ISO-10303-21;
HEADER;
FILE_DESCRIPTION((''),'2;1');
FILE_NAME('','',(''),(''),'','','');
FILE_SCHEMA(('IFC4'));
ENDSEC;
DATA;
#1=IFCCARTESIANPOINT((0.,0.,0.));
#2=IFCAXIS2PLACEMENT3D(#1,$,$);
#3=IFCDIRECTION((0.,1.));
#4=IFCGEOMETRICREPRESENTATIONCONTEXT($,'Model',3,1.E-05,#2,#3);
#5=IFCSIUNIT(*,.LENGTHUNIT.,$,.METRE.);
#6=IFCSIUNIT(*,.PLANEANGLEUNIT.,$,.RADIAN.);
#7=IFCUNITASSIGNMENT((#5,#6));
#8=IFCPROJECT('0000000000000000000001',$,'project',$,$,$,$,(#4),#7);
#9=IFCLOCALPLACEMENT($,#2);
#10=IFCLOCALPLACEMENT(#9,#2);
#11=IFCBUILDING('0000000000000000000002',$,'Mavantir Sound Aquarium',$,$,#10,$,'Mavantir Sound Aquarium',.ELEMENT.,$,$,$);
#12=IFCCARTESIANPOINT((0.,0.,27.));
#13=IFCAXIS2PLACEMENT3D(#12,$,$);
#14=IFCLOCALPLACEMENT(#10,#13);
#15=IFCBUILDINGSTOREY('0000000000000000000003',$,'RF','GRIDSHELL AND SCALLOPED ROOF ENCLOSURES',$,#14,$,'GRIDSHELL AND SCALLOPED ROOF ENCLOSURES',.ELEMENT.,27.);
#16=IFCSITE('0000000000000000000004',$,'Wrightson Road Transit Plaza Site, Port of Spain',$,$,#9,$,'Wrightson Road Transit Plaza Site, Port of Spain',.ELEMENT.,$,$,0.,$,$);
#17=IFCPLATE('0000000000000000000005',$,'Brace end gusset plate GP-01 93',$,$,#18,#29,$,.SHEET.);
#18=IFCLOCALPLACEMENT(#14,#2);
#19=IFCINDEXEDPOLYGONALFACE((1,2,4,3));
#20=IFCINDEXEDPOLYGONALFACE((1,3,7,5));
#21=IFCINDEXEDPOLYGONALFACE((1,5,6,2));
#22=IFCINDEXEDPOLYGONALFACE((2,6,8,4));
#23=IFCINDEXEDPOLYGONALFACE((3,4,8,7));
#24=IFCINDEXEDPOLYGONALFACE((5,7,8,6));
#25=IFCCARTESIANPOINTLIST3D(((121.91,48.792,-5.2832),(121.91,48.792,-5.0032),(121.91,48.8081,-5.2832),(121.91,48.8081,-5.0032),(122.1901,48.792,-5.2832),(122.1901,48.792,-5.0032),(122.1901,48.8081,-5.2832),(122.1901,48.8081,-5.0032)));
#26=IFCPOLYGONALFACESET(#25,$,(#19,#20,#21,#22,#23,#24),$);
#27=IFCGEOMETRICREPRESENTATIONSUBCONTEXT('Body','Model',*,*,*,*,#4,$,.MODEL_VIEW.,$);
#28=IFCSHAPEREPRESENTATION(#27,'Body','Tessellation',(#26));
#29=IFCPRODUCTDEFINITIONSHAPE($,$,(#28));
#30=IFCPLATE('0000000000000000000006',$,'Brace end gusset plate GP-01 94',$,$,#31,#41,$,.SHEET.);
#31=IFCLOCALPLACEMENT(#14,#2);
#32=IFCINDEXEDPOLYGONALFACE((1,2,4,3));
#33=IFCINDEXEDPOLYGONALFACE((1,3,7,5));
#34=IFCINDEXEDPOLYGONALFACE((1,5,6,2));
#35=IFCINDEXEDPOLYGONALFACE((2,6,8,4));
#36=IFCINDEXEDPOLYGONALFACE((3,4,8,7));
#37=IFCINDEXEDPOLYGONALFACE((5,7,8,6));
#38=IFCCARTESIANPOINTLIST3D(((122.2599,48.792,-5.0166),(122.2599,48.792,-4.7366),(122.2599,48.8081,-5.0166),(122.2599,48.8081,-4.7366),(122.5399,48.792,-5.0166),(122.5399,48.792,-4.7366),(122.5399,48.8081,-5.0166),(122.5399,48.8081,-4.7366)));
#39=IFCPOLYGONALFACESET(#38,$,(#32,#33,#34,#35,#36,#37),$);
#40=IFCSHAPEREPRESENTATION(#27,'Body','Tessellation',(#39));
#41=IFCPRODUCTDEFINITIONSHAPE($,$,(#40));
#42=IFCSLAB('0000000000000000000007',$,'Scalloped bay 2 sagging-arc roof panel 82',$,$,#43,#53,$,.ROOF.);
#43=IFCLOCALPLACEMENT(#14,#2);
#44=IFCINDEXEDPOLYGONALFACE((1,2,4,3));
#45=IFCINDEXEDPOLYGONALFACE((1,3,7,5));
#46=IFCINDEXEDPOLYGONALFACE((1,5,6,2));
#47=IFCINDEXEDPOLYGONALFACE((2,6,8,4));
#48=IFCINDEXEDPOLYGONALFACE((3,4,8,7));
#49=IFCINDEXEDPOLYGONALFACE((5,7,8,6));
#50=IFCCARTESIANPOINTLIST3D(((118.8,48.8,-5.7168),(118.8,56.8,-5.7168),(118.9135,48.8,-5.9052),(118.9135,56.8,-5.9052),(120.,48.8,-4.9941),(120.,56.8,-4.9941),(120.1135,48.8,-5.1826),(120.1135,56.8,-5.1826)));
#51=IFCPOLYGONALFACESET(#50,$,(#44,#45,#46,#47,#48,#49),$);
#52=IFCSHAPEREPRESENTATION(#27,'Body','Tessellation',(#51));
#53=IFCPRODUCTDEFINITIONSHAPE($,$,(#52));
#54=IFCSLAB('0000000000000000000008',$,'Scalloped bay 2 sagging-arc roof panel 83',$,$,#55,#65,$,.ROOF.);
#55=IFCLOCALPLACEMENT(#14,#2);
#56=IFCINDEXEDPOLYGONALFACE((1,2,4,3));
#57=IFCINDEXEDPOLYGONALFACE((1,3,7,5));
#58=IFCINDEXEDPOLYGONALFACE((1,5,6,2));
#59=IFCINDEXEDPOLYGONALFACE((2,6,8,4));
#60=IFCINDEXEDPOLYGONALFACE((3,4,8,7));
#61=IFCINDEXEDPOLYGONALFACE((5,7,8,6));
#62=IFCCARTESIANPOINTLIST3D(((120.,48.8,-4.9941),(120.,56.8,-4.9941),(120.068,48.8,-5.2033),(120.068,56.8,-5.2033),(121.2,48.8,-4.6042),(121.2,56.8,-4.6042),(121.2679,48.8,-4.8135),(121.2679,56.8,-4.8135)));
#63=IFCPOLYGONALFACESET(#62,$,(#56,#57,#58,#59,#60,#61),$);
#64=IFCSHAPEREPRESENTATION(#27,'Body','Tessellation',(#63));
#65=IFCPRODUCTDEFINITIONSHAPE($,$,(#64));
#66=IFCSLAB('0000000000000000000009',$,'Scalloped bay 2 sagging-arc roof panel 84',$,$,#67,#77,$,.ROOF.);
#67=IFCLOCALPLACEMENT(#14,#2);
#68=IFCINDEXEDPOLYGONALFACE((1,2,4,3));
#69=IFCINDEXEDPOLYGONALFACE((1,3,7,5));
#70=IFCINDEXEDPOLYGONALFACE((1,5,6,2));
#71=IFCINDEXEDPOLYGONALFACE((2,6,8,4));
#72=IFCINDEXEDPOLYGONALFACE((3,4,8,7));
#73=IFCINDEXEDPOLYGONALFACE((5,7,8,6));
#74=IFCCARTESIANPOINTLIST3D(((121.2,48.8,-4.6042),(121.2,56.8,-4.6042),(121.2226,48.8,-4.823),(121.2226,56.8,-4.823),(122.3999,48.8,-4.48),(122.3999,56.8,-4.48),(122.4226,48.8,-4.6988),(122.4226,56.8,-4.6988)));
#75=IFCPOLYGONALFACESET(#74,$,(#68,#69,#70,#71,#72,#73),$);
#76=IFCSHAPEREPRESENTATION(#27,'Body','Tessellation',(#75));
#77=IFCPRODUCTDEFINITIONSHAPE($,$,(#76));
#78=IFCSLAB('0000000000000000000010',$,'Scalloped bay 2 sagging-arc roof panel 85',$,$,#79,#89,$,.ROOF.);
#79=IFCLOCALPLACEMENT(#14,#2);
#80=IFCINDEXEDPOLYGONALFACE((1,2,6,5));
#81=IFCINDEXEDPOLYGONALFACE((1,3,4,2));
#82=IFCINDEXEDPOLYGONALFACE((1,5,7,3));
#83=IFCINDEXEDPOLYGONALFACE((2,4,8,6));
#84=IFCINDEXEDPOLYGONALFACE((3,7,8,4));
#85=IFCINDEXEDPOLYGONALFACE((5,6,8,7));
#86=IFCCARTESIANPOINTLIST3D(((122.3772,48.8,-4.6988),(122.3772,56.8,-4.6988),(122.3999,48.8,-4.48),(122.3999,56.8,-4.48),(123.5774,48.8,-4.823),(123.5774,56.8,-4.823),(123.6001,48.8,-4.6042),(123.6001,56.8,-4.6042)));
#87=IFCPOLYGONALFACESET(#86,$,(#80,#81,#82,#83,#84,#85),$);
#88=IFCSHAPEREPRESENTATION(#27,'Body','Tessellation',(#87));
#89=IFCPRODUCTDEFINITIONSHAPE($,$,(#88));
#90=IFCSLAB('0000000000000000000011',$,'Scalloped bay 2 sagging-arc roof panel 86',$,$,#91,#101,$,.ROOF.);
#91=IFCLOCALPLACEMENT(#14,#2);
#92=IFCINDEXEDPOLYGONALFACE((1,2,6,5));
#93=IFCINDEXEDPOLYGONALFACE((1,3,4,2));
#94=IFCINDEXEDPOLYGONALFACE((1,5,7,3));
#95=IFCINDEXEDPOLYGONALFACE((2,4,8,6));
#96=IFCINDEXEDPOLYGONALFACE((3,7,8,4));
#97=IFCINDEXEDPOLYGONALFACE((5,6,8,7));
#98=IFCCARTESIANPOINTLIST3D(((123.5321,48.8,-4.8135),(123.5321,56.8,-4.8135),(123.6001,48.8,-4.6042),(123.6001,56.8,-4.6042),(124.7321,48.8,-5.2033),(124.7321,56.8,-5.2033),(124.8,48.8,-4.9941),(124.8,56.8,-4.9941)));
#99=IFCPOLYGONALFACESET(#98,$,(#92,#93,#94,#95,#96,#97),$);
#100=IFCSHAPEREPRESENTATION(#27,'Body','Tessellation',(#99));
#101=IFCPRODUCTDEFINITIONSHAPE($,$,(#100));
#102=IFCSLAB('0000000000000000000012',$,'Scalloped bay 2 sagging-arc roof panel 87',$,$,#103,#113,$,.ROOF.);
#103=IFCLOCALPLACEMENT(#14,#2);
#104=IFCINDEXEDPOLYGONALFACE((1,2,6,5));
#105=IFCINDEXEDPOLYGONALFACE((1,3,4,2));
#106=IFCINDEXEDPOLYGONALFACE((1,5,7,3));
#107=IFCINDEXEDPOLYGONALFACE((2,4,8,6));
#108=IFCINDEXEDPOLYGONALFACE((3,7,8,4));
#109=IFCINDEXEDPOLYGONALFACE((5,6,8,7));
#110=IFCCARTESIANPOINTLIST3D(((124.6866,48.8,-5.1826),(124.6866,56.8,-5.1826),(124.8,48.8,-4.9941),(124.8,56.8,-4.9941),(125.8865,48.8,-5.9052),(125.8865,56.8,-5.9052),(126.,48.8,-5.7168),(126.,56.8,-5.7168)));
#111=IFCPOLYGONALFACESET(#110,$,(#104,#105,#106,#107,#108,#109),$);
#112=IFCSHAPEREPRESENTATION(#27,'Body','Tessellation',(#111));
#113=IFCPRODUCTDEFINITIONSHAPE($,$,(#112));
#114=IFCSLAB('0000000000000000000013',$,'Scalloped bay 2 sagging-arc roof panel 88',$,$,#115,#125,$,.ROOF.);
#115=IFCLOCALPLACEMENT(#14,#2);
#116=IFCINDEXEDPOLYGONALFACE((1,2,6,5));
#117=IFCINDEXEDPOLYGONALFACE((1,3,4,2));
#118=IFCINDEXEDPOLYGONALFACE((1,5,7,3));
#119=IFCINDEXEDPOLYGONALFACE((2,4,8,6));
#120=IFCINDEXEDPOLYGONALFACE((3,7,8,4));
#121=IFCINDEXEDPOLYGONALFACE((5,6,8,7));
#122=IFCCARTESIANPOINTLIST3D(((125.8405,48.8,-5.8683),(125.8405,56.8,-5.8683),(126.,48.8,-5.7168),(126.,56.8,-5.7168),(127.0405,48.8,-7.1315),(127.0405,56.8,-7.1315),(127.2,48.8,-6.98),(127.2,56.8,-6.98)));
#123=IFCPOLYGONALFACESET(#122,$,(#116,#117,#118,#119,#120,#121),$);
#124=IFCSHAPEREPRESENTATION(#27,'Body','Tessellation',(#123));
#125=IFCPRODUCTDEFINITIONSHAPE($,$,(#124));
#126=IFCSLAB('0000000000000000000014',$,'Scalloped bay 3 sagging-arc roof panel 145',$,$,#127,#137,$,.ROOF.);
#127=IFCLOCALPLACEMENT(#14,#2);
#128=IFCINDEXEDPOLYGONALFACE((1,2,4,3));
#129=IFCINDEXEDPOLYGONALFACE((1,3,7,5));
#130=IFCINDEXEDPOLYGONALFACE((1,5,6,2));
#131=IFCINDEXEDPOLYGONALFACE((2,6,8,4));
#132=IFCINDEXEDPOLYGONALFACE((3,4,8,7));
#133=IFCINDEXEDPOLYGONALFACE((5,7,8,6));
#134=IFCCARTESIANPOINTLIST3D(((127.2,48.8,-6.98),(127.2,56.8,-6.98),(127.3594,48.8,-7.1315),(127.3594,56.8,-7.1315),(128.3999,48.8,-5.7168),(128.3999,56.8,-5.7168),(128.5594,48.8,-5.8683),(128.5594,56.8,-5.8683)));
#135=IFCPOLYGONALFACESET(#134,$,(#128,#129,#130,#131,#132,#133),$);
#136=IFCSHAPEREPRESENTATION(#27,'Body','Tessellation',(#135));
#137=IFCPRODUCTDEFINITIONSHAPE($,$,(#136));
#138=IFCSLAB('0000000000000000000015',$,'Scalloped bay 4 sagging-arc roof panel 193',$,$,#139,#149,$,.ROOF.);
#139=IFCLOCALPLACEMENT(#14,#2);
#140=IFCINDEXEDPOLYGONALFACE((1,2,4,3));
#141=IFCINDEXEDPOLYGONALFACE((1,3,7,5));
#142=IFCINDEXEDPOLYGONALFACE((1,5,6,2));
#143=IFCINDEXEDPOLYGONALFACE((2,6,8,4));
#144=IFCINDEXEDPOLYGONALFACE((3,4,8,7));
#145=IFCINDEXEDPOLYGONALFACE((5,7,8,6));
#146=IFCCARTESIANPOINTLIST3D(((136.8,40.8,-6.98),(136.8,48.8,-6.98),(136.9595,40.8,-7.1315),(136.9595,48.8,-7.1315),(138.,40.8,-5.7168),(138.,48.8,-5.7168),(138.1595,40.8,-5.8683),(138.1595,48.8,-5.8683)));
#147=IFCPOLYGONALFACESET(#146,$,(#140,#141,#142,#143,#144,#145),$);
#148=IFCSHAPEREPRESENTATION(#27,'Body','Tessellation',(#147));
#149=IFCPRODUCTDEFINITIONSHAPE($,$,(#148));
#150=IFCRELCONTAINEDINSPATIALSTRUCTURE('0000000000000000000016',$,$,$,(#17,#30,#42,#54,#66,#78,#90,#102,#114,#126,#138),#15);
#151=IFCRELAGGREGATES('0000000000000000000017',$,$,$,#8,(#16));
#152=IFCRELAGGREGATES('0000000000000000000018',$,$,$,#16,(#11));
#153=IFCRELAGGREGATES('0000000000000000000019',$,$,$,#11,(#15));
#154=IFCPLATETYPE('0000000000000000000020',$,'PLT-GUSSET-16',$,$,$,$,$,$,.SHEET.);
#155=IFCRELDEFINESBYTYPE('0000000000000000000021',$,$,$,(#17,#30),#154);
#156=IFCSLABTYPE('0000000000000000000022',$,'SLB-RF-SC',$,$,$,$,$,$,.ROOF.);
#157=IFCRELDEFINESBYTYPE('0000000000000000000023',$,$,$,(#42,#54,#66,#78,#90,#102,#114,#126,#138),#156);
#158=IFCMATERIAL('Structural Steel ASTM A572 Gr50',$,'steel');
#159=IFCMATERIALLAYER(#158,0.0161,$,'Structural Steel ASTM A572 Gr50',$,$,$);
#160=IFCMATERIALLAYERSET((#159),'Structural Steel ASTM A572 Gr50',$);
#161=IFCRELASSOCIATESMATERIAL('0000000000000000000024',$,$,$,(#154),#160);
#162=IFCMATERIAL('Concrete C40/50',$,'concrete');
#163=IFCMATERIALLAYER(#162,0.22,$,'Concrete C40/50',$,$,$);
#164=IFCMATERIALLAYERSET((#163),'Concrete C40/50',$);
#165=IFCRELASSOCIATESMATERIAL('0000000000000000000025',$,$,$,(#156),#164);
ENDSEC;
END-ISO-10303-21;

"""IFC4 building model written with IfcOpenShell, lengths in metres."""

from ifc_helpers import new_model, si_unit, direction, frame, origin, origin_2d, place, context, subcontext, project, spatial, polyline, rectangle, outline, extrude, material, layer, layer_set, type_object, element, save


model = new_model("IFC4")

# Units and contexts
model_context = context("Model", 3, precision=1e-05, world=origin(), true_north=direction((0.0, 1.0)))
body_context = subcontext(model_context, "Body", "Model", "MODEL_VIEW")
ifc_project = project(units=[si_unit("LENGTHUNIT", "METRE"), si_unit("PLANEANGLEUNIT", "RADIAN")], contexts=[model_context])

# Site, building, storey
site_placement = place(None, origin())
site = spatial("IfcSite", under=ifc_project, at=site_placement, Name="Wrightson Road Transit Plaza Site, Port of Spain", LongName="Wrightson Road Transit Plaza Site, Port of Spain", CompositionType="ELEMENT", RefElevation=0.0)
building_placement = place(site_placement, origin())
building = spatial("IfcBuilding", under=site, at=building_placement, Name="Mavantir Sound Aquarium", LongName="Mavantir Sound Aquarium", CompositionType="ELEMENT")
storey_placement = place(building_placement, frame((0.0, 0.0, 27.0)))
storey = spatial("IfcBuildingStorey", under=building, at=storey_placement, Name="RF", Description="GRIDSHELL AND SCALLOPED ROOF ENCLOSURES", LongName="GRIDSHELL AND SCALLOPED ROOF ENCLOSURES", CompositionType="ELEMENT", Elevation=27.0)

# Shared definitions
ifc_material_1 = material(Name="Concrete C40/50", Category="concrete")

# Plates
ifc_material_2 = material(Name="Structural Steel ASTM A572 Gr50", Category="steel")
ifc_layer_1 = layer(ifc_material_2, 0.0161, Name="Structural Steel ASTM A572 Gr50")
ifc_layer_set_1 = layer_set([ifc_layer_1], Name="Structural Steel ASTM A572 Gr50")
plate_type_1 = type_object("IfcPlateType", Name="PLT-GUSSET-16", PredefinedType="SHEET", material=ifc_layer_set_1)
for number, where, z_axis, x_axis, name in (
    (1, (122.05, 48.8, -5.2832), (0.0, 0.0, 1.0), (1.0, 0.0, 0.0), "Brace end gusset plate GP-01 93"),
    (2, (122.3999, 48.8, -5.0166), (0.0, 0.0, 1.0), (1.0, 0.0, 0.0), "Brace end gusset plate GP-01 94"),
):
    element("IfcPlate", number, at=place(storey_placement, frame(where, z_axis=z_axis, x_axis=x_axis)), inside=storey, type_object=plate_type_1, Name=name, PredefinedType="SHEET", context=body_context, shape_type="SweptSolid", body=[
        extrude(rectangle(XDim=0.28, YDim=0.0161, at=origin_2d()), origin(), (0.0, 0.0, 1.0), 0.28),
    ])

# Slabs
ifc_layer_2 = layer(ifc_material_1, 0.22, Name="Concrete C40/50")
ifc_layer_set_2 = layer_set([ifc_layer_2], Name="Concrete C40/50")
slab_type = type_object("IfcSlabType", Name="SLB-RF-SC", PredefinedType="ROOF", material=ifc_layer_set_2)
slab_1_placement = place(storey_placement, frame((118.8, 48.8, -5.7168), z_axis=(-0.515905, 0.0, 0.856646), x_axis=(0.856646, 0.0, 0.515905)))
element("IfcSlab", 3, at=slab_1_placement, inside=storey, type_object=slab_type, Name="Scalloped bay 2 sagging-arc roof panel 82", PredefinedType="ROOF", context=body_context, shape_type="SweptSolid", body=[
    extrude(outline(polyline([(0.0, 0.0), (1.4008, 0.0), (1.4008, 8.0), (0.0, 8.0), (0.0, 0.0)])), origin(), (0.0, 0.0, -1.0), 0.22),
])
slab_2_placement = place(storey_placement, frame((120.0, 48.8, -4.9941), z_axis=(-0.30902, 0.0, 0.951055), x_axis=(0.951055, 0.0, 0.30902)))
element("IfcSlab", 4, at=slab_2_placement, inside=storey, type_object=slab_type, Name="Scalloped bay 2 sagging-arc roof panel 83", PredefinedType="ROOF", context=body_context, shape_type="SweptSolid", body=[
    extrude(outline(polyline([(0.0, 0.0), (1.2617, 0.0), (1.2617, 8.0), (0.0, 8.0), (0.0, 0.0)])), origin(), (0.0, 0.0, -1.0), 0.22),
])
slab_3_placement = place(storey_placement, frame((121.2, 48.8, -4.6042), z_axis=(-0.10301, 0.0, 0.99468), x_axis=(0.99468, 0.0, 0.10301)))
element("IfcSlab", 5, at=slab_3_placement, inside=storey, type_object=slab_type, Name="Scalloped bay 2 sagging-arc roof panel 84", PredefinedType="ROOF", context=body_context, shape_type="SweptSolid", body=[
    extrude(outline(polyline([(0.0, 0.0), (1.2064, 0.0), (1.2064, 8.0), (0.0, 8.0), (0.0, 0.0)])), origin(), (0.0, 0.0, -1.0), 0.22),
])
slab_4_placement = place(storey_placement, frame((122.3999, 48.8, -4.48), z_axis=(0.102989, 0.0, 0.994683), x_axis=(0.994683, 0.0, -0.102989)))
element("IfcSlab", 6, at=slab_4_placement, inside=storey, type_object=slab_type, Name="Scalloped bay 2 sagging-arc roof panel 85", PredefinedType="ROOF", context=body_context, shape_type="SweptSolid", body=[
    extrude(outline(polyline([(0.0, 0.0), (1.2066, 0.0), (1.2066, 8.0), (0.0, 8.0), (0.0, 0.0)])), origin(), (0.0, 0.0, -1.0), 0.22),
])
slab_5_placement = place(storey_placement, frame((123.6001, 48.8, -4.6042), z_axis=(0.30902, 0.0, 0.951055), x_axis=(0.951055, 0.0, -0.30902)))
element("IfcSlab", 7, at=slab_5_placement, inside=storey, type_object=slab_type, Name="Scalloped bay 2 sagging-arc roof panel 86", PredefinedType="ROOF", context=body_context, shape_type="SweptSolid", body=[
    extrude(outline(polyline([(0.0, 0.0), (1.2617, 0.0), (1.2617, 8.0), (0.0, 8.0), (0.0, 0.0)])), origin(), (0.0, 0.0, -1.0), 0.22),
])
slab_6_placement = place(storey_placement, frame((124.8, 48.8, -4.9941), z_axis=(0.515905, 0.0, 0.856646), x_axis=(0.856646, 0.0, -0.515905)))
element("IfcSlab", 8, at=slab_6_placement, inside=storey, type_object=slab_type, Name="Scalloped bay 2 sagging-arc roof panel 87", PredefinedType="ROOF", context=body_context, shape_type="SweptSolid", body=[
    extrude(outline(polyline([(0.0, 0.0), (1.4008, 0.0), (1.4008, 8.0), (0.0, 8.0), (0.0, 0.0)])), origin(), (0.0, 0.0, -1.0), 0.22),
])
for number, where, z_axis, x_axis, name in (
    (9, (126.0, 48.8, -5.7168), (0.72502, 0.0, 0.688727), (0.688727, 0.0, -0.72502), "Scalloped bay 2 sagging-arc roof panel 88"),
    (10, (127.2, 48.8, -6.98), (-0.72502, 0.0, 0.688727), (0.688727, 0.0, 0.72502), "Scalloped bay 3 sagging-arc roof panel 145"),
    (11, (136.8, 40.8, -6.98), (-0.72502, 0.0, 0.688727), (0.688727, 0.0, 0.72502), "Scalloped bay 4 sagging-arc roof panel 193"),
):
    element("IfcSlab", number, at=place(storey_placement, frame(where, z_axis=z_axis, x_axis=x_axis)), inside=storey, type_object=slab_type, Name=name, PredefinedType="ROOF", context=body_context, shape_type="SweptSolid", body=[
        extrude(outline(polyline([(0.0, 0.0), (1.7423, 0.0), (1.7423, 8.0), (0.0, 8.0), (0.0, 0.0)])), origin(), (0.0, 0.0, -1.0), 0.22),
    ])

save(model, "model.ifc")
